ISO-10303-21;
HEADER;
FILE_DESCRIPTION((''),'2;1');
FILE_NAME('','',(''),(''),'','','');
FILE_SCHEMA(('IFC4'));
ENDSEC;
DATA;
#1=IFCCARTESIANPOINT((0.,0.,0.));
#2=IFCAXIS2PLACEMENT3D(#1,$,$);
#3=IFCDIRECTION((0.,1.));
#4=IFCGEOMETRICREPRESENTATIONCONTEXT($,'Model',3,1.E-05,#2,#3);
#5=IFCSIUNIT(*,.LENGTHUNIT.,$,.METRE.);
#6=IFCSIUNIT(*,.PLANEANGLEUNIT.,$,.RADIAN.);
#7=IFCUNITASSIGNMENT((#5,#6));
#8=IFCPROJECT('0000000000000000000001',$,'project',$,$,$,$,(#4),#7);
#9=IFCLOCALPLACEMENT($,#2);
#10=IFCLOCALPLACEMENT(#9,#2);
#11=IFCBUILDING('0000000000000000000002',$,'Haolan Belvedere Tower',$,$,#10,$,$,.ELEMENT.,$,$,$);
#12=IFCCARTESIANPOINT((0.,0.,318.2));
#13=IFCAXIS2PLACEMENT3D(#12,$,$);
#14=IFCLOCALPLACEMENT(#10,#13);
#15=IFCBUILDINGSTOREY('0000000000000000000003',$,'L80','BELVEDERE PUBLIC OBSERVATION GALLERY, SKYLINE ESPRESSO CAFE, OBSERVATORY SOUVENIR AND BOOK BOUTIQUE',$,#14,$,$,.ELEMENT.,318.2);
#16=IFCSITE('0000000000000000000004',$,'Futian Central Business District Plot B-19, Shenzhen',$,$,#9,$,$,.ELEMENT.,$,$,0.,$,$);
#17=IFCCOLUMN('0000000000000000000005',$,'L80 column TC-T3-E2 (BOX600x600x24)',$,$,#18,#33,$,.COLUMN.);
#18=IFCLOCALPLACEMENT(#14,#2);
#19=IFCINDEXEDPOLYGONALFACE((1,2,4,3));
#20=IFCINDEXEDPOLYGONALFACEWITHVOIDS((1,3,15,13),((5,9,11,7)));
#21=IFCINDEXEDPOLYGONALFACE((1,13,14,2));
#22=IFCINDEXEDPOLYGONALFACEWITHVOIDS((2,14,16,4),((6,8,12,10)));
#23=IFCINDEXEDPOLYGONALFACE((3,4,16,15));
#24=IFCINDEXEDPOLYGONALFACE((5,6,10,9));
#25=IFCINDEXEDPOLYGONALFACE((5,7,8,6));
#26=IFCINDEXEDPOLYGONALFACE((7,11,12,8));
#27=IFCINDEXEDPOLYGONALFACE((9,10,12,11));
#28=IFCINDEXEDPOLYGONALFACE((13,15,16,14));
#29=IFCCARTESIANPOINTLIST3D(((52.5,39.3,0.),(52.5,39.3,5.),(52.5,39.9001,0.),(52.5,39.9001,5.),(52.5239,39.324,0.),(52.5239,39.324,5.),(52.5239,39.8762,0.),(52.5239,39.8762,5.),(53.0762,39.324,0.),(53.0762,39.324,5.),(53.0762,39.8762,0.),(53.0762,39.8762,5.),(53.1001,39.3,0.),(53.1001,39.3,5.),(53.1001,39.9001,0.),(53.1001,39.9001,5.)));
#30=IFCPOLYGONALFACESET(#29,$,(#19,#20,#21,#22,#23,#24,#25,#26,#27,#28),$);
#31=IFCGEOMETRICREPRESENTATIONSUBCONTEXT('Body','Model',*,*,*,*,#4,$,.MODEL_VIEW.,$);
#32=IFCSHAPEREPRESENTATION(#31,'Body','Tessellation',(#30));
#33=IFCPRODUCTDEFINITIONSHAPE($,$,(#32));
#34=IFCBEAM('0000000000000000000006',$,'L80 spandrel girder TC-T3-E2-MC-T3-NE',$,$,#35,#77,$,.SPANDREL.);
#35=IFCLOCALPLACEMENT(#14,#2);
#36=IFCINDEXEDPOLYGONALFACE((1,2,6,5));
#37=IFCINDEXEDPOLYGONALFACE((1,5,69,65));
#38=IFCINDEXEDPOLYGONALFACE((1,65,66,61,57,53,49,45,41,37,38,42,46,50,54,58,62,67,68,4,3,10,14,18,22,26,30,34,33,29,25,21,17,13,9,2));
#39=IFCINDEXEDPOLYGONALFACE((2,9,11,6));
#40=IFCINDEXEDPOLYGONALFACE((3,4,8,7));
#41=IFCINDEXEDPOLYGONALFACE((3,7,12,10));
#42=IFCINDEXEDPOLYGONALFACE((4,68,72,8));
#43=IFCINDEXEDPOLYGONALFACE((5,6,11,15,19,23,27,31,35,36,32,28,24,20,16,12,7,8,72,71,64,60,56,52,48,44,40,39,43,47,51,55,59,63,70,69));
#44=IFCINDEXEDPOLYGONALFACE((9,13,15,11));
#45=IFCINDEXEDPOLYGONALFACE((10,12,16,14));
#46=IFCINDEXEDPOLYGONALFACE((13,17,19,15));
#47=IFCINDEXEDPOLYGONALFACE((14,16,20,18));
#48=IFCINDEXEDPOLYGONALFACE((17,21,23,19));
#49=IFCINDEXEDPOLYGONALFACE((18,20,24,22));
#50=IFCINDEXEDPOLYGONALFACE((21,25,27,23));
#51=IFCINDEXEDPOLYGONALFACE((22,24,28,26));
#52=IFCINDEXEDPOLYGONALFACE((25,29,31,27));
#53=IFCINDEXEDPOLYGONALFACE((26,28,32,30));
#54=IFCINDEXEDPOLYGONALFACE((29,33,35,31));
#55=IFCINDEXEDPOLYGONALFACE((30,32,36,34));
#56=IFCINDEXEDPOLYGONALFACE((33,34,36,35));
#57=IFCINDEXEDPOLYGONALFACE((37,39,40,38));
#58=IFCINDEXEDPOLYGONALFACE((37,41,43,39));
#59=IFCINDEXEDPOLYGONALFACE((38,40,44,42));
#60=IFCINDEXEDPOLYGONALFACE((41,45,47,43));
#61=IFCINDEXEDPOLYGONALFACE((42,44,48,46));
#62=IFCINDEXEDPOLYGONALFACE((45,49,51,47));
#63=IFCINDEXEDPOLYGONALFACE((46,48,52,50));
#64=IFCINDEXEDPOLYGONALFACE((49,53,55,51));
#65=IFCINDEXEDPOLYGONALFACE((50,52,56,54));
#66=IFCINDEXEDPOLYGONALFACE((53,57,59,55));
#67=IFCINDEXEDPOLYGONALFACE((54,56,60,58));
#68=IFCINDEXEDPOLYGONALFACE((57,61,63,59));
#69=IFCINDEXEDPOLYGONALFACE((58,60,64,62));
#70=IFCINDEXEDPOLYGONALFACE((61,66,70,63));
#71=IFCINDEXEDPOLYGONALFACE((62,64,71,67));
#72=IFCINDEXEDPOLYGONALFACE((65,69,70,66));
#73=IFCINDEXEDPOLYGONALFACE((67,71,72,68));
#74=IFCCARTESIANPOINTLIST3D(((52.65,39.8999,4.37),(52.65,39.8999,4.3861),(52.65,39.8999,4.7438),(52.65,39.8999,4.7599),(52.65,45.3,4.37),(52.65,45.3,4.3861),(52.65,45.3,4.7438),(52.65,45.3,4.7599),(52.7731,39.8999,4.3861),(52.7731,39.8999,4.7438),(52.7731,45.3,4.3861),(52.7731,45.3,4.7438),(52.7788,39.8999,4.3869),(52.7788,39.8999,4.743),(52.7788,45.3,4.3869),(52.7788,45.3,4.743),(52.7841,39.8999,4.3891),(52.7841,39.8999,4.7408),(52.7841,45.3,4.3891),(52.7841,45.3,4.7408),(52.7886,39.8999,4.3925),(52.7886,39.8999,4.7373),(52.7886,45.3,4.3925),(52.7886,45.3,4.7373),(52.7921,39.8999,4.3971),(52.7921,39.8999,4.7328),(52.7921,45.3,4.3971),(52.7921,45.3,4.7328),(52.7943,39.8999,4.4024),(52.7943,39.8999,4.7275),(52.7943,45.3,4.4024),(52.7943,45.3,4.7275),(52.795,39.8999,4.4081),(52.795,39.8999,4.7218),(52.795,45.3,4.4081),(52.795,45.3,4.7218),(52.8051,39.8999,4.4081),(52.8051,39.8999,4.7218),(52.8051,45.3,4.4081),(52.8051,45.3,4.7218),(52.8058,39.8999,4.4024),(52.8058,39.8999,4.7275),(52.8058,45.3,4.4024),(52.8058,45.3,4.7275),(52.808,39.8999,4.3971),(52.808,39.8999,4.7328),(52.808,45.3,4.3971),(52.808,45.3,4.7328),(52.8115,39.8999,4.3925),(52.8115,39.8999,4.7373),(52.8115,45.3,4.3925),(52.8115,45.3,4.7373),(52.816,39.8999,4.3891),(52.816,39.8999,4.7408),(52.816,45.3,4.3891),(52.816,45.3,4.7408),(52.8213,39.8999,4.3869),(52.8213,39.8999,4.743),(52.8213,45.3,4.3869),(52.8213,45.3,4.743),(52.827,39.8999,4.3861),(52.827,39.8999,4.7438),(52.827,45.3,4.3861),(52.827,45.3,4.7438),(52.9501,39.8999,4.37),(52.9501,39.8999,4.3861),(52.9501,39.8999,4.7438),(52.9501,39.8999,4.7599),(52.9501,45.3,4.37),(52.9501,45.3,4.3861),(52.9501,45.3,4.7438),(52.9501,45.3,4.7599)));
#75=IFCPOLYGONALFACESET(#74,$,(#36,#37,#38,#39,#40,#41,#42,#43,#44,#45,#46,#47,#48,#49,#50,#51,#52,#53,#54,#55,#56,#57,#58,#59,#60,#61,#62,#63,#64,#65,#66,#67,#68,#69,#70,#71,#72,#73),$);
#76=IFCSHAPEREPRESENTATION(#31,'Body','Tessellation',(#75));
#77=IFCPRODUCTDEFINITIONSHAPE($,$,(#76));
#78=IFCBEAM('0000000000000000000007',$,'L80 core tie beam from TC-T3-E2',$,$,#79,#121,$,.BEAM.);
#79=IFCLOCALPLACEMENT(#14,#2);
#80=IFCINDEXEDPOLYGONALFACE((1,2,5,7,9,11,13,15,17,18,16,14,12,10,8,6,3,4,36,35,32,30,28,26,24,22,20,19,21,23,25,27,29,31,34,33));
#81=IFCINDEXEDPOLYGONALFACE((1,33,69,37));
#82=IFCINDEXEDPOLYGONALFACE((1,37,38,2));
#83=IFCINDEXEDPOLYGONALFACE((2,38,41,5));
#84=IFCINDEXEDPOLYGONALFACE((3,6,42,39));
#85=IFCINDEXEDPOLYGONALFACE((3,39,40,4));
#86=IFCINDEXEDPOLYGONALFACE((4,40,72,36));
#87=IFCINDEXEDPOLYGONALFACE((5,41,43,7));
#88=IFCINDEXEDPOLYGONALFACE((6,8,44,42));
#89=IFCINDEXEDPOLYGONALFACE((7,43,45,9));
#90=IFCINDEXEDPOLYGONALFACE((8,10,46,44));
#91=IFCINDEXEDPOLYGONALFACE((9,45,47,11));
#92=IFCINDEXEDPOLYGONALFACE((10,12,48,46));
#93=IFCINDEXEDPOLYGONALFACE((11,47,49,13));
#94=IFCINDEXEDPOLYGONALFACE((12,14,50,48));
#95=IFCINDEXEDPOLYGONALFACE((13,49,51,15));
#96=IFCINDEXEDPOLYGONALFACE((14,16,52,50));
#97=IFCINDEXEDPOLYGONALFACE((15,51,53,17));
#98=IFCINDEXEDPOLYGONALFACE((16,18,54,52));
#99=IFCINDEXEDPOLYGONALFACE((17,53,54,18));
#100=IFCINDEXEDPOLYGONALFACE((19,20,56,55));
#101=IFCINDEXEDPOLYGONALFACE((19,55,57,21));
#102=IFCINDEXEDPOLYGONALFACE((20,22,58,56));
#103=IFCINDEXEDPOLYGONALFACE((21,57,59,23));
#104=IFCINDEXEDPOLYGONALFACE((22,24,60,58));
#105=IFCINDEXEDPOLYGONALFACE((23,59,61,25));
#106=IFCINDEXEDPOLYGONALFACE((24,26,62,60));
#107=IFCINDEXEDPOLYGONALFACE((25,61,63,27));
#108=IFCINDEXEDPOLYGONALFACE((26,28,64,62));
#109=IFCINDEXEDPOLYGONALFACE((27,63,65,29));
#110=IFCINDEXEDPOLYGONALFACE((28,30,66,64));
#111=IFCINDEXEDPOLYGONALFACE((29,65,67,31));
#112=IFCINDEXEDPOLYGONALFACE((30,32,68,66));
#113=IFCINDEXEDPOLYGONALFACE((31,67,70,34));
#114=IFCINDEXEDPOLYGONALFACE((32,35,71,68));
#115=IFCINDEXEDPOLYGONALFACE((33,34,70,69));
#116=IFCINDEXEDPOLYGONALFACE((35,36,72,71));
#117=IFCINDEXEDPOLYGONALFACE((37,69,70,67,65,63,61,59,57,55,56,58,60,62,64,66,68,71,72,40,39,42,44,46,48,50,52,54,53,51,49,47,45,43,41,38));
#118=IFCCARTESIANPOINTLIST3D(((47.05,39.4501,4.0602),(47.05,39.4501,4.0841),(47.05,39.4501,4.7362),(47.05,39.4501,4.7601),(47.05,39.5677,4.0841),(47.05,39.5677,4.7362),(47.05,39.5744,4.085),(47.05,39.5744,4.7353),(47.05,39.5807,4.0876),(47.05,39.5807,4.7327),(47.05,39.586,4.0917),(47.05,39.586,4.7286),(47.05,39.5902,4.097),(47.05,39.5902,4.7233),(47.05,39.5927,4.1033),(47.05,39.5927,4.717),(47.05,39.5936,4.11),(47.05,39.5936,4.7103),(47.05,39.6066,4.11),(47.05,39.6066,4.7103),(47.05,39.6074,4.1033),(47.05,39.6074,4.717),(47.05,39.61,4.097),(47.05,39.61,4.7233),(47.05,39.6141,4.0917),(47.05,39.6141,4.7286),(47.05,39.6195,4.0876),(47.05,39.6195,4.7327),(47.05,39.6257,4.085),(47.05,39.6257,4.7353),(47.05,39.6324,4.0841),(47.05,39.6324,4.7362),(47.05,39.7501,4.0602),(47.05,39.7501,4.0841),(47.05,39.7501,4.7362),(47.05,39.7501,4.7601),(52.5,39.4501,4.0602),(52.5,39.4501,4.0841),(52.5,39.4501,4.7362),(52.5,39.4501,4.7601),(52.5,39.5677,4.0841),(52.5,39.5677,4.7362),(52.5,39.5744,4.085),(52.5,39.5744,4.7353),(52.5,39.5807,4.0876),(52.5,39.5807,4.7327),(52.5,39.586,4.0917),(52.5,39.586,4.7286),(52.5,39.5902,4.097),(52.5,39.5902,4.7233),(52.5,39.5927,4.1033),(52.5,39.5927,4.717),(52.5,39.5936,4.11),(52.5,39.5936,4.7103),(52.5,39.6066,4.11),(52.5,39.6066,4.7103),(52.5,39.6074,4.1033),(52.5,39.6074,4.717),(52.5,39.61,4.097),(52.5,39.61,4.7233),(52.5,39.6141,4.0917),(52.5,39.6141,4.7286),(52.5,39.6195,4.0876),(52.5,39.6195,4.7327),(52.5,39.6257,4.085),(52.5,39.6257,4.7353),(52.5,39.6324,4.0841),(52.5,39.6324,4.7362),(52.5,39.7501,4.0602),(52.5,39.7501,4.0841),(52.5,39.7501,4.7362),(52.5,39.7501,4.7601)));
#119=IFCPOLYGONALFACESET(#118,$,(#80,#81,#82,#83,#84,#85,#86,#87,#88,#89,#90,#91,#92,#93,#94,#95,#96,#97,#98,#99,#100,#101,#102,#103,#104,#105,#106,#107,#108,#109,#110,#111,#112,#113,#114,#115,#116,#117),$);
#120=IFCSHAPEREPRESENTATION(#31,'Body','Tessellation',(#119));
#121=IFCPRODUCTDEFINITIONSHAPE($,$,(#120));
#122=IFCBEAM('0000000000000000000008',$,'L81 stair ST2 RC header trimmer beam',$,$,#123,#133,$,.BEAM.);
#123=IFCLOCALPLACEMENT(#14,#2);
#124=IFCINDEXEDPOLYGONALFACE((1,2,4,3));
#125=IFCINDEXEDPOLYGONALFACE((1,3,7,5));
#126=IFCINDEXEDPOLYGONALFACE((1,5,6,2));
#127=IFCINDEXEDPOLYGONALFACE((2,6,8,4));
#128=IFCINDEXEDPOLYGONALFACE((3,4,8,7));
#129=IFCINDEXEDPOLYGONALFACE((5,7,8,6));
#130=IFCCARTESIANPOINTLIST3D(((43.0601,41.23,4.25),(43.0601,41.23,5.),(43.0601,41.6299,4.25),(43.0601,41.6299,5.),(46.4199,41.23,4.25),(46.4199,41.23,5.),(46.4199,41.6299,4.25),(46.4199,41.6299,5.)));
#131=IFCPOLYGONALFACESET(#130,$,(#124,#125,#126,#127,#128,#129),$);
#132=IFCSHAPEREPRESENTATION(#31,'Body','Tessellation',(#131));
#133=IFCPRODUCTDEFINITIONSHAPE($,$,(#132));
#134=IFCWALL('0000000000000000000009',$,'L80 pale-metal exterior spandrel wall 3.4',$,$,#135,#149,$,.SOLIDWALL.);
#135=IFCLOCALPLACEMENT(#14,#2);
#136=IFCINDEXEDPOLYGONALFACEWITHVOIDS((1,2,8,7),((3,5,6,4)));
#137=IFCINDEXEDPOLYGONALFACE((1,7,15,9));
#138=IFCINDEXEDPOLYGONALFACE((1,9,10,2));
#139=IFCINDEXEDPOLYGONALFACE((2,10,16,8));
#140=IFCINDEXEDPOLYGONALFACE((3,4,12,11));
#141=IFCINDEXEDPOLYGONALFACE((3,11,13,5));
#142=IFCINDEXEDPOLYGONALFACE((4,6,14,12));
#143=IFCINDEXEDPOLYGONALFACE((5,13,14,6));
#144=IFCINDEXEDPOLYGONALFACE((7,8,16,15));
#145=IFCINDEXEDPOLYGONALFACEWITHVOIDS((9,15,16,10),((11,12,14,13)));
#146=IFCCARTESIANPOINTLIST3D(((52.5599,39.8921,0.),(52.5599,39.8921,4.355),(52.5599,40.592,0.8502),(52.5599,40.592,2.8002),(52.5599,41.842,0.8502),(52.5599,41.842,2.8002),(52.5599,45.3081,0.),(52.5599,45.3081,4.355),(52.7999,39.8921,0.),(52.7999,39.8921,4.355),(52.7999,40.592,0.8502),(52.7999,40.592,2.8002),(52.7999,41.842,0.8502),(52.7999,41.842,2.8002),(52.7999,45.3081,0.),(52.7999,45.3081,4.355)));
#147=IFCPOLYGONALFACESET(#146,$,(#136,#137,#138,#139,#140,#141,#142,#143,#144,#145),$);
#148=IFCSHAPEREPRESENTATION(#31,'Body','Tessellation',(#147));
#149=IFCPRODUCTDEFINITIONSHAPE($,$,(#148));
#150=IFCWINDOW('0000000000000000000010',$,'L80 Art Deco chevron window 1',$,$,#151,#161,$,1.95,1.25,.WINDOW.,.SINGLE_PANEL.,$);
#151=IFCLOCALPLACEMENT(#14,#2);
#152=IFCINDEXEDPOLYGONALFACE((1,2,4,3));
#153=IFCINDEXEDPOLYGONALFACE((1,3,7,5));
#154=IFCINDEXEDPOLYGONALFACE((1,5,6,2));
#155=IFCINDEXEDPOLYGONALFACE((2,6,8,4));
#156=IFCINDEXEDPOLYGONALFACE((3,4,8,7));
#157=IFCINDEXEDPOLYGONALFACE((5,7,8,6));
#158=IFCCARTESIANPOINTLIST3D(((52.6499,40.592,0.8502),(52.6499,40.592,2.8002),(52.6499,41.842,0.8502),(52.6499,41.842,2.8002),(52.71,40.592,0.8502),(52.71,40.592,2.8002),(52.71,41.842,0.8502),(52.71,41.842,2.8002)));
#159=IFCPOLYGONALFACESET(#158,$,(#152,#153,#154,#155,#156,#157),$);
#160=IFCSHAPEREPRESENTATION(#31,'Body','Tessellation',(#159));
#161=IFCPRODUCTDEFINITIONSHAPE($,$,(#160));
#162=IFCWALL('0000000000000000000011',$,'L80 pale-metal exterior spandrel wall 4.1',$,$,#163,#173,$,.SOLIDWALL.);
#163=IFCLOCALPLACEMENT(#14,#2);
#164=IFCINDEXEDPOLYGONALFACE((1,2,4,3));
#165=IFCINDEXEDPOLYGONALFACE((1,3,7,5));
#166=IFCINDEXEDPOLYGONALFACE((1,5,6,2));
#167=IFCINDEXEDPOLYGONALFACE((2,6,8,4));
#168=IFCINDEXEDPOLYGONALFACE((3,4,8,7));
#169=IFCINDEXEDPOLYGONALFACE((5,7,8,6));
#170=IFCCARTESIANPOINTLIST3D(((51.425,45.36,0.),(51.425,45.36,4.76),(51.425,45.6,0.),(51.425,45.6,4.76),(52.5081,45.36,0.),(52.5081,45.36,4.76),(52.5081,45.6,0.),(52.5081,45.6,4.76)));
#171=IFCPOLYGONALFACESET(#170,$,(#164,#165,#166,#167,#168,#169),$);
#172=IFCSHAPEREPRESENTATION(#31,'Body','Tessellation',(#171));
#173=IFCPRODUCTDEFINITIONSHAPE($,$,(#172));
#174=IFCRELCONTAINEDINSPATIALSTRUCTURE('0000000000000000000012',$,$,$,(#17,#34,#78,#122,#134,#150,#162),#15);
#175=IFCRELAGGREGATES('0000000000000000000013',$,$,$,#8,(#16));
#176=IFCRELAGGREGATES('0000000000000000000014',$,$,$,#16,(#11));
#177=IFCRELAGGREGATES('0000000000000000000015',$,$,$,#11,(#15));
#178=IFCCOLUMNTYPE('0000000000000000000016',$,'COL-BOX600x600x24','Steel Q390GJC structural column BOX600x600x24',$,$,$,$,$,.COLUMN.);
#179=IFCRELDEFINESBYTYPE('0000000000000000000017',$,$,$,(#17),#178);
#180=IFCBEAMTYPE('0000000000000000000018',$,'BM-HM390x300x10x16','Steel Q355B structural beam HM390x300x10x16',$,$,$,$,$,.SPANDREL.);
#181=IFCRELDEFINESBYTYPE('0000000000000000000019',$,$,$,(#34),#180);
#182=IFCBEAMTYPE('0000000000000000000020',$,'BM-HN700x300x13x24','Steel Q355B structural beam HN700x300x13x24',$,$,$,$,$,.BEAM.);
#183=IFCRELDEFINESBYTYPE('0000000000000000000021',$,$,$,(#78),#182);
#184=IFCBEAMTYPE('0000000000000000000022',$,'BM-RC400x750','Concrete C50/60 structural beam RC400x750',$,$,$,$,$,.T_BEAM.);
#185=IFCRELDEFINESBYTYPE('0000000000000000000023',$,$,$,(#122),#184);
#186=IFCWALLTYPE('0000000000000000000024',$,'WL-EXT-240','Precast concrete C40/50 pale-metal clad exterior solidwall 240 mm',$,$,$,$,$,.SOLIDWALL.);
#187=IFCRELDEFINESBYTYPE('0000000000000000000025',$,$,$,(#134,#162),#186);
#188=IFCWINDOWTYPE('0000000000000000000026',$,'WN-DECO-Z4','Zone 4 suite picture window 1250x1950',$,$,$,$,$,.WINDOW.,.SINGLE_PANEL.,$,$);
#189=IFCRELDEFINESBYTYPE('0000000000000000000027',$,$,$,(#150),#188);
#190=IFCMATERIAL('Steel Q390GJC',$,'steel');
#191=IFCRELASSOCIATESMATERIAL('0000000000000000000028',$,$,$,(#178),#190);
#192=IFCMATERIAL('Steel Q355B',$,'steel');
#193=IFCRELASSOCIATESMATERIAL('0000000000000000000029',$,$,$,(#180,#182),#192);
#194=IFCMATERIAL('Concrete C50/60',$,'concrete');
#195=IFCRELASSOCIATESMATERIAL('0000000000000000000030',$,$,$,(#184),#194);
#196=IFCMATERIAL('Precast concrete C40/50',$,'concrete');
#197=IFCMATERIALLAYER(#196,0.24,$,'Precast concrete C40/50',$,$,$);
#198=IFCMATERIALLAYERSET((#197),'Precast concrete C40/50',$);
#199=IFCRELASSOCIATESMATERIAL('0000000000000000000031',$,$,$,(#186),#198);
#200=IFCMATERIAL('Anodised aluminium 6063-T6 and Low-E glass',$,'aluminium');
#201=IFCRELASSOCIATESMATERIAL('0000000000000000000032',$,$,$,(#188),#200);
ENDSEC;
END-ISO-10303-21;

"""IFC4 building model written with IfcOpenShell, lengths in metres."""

from ifc_helpers import new_model, si_unit, direction, frame, frame_2d, origin, origin_2d, place, context, subcontext, project, spatial, rectangle, hollow_rectangle, i_section, extrude, material, layer, layer_set, material_profile, profile_set, type_object, element, fill, save


model = new_model("IFC4")

# Units and contexts
model_context = context("Model", 3, precision=1e-05, world=origin(), true_north=direction((0.0, 1.0)))
body_context = subcontext(model_context, "Body", "Model", "MODEL_VIEW")
ifc_project = project(units=[si_unit("LENGTHUNIT", "METRE"), si_unit("PLANEANGLEUNIT", "RADIAN")], contexts=[model_context])

# Site, building, storey
site_placement = place(None, origin())
site = spatial("IfcSite", under=ifc_project, at=site_placement, Name="Futian Central Business District Plot B-19, Shenzhen", CompositionType="ELEMENT", RefElevation=0.0)
building_placement = place(site_placement, origin())
building = spatial("IfcBuilding", under=site, at=building_placement, Name="Haolan Belvedere Tower", CompositionType="ELEMENT")
storey_placement = place(building_placement, frame((0.0, 0.0, 318.2)))
storey = spatial("IfcBuildingStorey", under=building, at=storey_placement, Name="L80", Description="BELVEDERE PUBLIC OBSERVATION GALLERY, SKYLINE ESPRESSO CAFE, OBSERVATORY SOUVENIR AND BOOK BOUTIQUE", CompositionType="ELEMENT", Elevation=318.2)

# Column
ifc_material_1 = material(Name="Steel Q390GJC", Category="steel")
ifc_material_profile_1 = material_profile(ifc_material_1, hollow_rectangle(XDim=0.6001, YDim=0.6001, WallThickness=0.0239, at=origin_2d()), Name="Steel Q390GJC")
ifc_profile_set_1 = profile_set([ifc_material_profile_1], Name="Steel Q390GJC")
column_type = type_object("IfcColumnType", Name="COL-BOX600x600x24", Description="Steel Q390GJC structural column BOX600x600x24", PredefinedType="COLUMN", material=ifc_profile_set_1)
column_placement = place(storey_placement, frame((52.8, 39.6001, 0.0), z_axis=(0.0, 0.0, 1.0), x_axis=(1.0, 0.0, 0.0)))
element("IfcColumn", 1, at=column_placement, inside=storey, type_object=column_type, Name="L80 column TC-T3-E2 (BOX600x600x24)", PredefinedType="COLUMN", context=body_context, shape_type="SweptSolid", body=[
    extrude(hollow_rectangle(XDim=0.6001, YDim=0.6001, WallThickness=0.0239, at=origin_2d()), origin(), (0.0, 0.0, 1.0), 5.0),
])

# Beams
ifc_material_2 = material(Name="Steel Q355B", Category="steel")
ifc_material_profile_2 = material_profile(ifc_material_2, i_section(OverallWidth=0.3, OverallDepth=0.3899, WebThickness=0.01, FlangeThickness=0.0161, FilletRadius=0.022, at=origin_2d()), Name="Steel Q355B")
ifc_profile_set_2 = profile_set([ifc_material_profile_2], Name="Steel Q355B")
beam_type_1 = type_object("IfcBeamType", Name="BM-HM390x300x10x16", Description="Steel Q355B structural beam HM390x300x10x16", PredefinedType="SPANDREL", material=ifc_profile_set_2)
beam_1_placement = place(storey_placement, frame((52.8, 39.8999, 4.5649), z_axis=(0.0, 1.0, 0.0), x_axis=(-1.0, 0.0, 0.0)))
element("IfcBeam", 2, at=beam_1_placement, inside=storey, type_object=beam_type_1, Name="L80 spandrel girder TC-T3-E2-MC-T3-NE", PredefinedType="SPANDREL", context=body_context, shape_type="SweptSolid", body=[
    extrude(i_section(OverallWidth=0.3, OverallDepth=0.3899, WebThickness=0.01, FlangeThickness=0.0161, FilletRadius=0.022, at=origin_2d()), origin(), (0.0, 0.0, 1.0), 5.4001),
])
ifc_material_profile_3 = material_profile(ifc_material_2, i_section(OverallWidth=0.3, OverallDepth=0.7, WebThickness=0.0129, FlangeThickness=0.0239, FilletRadius=0.0259, at=origin_2d()), Name="Steel Q355B")
ifc_profile_set_3 = profile_set([ifc_material_profile_3], Name="Steel Q355B")
beam_type_2 = type_object("IfcBeamType", Name="BM-HN700x300x13x24", Description="Steel Q355B structural beam HN700x300x13x24", PredefinedType="BEAM", material=ifc_profile_set_3)
beam_2_placement = place(storey_placement, frame((52.5, 39.6001, 4.4102), z_axis=(-1.0, 0.0, 0.0), x_axis=(0.0, -1.0, 0.0)))
element("IfcBeam", 3, at=beam_2_placement, inside=storey, type_object=beam_type_2, Name="L80 core tie beam from TC-T3-E2", PredefinedType="BEAM", context=body_context, shape_type="SweptSolid", body=[
    extrude(i_section(OverallWidth=0.3, OverallDepth=0.7, WebThickness=0.0129, FlangeThickness=0.0239, FilletRadius=0.0259, at=origin_2d()), origin(), (0.0, 0.0, 1.0), 5.45),
])
ifc_material_3 = material(Name="Concrete C50/60", Category="concrete")
ifc_material_profile_4 = material_profile(ifc_material_3, rectangle(XDim=0.3999, YDim=0.75, at=origin_2d()), Name="Concrete C50/60")
ifc_profile_set_4 = profile_set([ifc_material_profile_4], Name="Concrete C50/60")
beam_type_3 = type_object("IfcBeamType", Name="BM-RC400x750", Description="Concrete C50/60 structural beam RC400x750", PredefinedType="T_BEAM", material=ifc_profile_set_4)
beam_3_placement = place(storey_placement, frame((43.0601, 41.4299, 4.625), z_axis=(1.0, 0.0, 0.0), x_axis=(0.0, 1.0, 0.0)))
element("IfcBeam", 4, at=beam_3_placement, inside=storey, type_object=beam_type_3, Name="L81 stair ST2 RC header trimmer beam", PredefinedType="BEAM", context=body_context, shape_type="SweptSolid", body=[
    extrude(rectangle(XDim=0.3999, YDim=0.75, at=origin_2d()), origin(), (0.0, 0.0, 1.0), 3.3599),
])

# Wall, opening, window
ifc_material_4 = material(Name="Precast concrete C40/50", Category="concrete")
ifc_layer_1 = layer(ifc_material_4, 0.24, Name="Precast concrete C40/50")
ifc_layer_set_1 = layer_set([ifc_layer_1], Name="Precast concrete C40/50")
wall_type_1 = type_object("IfcWallType", Name="WL-EXT-240", Description="Precast concrete C40/50 pale-metal clad exterior solidwall 240 mm", PredefinedType="SOLIDWALL", material=ifc_layer_set_1)
wall_1_placement = place(storey_placement, frame((52.6799, 39.8921, 0.0), z_axis=(0.0, 0.0, 1.0), x_axis=(0.0, 1.0, 0.0)))
wall_1 = element("IfcWall", 5, at=wall_1_placement, inside=storey, type_object=wall_type_1, Name="L80 pale-metal exterior spandrel wall 3.4", PredefinedType="SOLIDWALL", context=body_context, shape_type="SweptSolid", body=[
    extrude(rectangle(XDim=5.416, YDim=0.24, at=frame_2d((2.708, 0.0))), origin(), (0.0, 0.0, 1.0), 4.355),
])
opening_1_placement = place(wall_1_placement, frame((0.7, 0.0, 0.8501)))
opening_1 = element("IfcOpeningElement", 6, at=opening_1_placement, cuts=wall_1, PredefinedType="OPENING", context=body_context, shape_type="SweptSolid", body=[
    extrude(rectangle(XDim=1.25, YDim=1.95, at=frame_2d((0.625, 0.9751))), frame((0.0, 0.1299, 0.0), z_axis=(0.0, -1.0, 0.0), x_axis=(1.0, 0.0, 0.0)), (0.0, 0.0, 1.0), 0.26),
])
ifc_material_5 = material(Name="Anodised aluminium 6063-T6 and Low-E glass", Category="aluminium")
window_type = type_object("IfcWindowType", Name="WN-DECO-Z4", Description="Zone 4 suite picture window 1250x1950", PartitioningType="SINGLE_PANEL", PredefinedType="WINDOW", material=ifc_material_5)
window_placement = place(opening_1_placement, origin())
window = element("IfcWindow", 7, at=window_placement, inside=storey, type_object=window_type, Name="L80 Art Deco chevron window 1", OverallHeight=1.95, OverallWidth=1.25, PartitioningType="SINGLE_PANEL", PredefinedType="WINDOW", context=body_context, shape_type="SweptSolid", body=[
    extrude(rectangle(XDim=1.25, YDim=1.95, at=frame_2d((0.625, 0.9751))), frame((0.0, 0.03, 0.0), z_axis=(0.0, -1.0, 0.0), x_axis=(1.0, 0.0, 0.0)), (0.0, 0.0, 1.0), 0.0601),
])
fill(opening_1, window)

# Wall
wall_2_placement = place(storey_placement, frame((52.5081, 45.48, 0.0), z_axis=(0.0, 0.0, 1.0), x_axis=(-1.0, 0.0, 0.0)))
element("IfcWall", 8, at=wall_2_placement, inside=storey, type_object=wall_type_1, Name="L80 pale-metal exterior spandrel wall 4.1", PredefinedType="SOLIDWALL", context=body_context, shape_type="SweptSolid", body=[
    extrude(rectangle(XDim=1.083, YDim=0.24, at=frame_2d((0.5415, 0.0))), origin(), (0.0, 0.0, 1.0), 4.76),
])

save(model, "model.ifc")
